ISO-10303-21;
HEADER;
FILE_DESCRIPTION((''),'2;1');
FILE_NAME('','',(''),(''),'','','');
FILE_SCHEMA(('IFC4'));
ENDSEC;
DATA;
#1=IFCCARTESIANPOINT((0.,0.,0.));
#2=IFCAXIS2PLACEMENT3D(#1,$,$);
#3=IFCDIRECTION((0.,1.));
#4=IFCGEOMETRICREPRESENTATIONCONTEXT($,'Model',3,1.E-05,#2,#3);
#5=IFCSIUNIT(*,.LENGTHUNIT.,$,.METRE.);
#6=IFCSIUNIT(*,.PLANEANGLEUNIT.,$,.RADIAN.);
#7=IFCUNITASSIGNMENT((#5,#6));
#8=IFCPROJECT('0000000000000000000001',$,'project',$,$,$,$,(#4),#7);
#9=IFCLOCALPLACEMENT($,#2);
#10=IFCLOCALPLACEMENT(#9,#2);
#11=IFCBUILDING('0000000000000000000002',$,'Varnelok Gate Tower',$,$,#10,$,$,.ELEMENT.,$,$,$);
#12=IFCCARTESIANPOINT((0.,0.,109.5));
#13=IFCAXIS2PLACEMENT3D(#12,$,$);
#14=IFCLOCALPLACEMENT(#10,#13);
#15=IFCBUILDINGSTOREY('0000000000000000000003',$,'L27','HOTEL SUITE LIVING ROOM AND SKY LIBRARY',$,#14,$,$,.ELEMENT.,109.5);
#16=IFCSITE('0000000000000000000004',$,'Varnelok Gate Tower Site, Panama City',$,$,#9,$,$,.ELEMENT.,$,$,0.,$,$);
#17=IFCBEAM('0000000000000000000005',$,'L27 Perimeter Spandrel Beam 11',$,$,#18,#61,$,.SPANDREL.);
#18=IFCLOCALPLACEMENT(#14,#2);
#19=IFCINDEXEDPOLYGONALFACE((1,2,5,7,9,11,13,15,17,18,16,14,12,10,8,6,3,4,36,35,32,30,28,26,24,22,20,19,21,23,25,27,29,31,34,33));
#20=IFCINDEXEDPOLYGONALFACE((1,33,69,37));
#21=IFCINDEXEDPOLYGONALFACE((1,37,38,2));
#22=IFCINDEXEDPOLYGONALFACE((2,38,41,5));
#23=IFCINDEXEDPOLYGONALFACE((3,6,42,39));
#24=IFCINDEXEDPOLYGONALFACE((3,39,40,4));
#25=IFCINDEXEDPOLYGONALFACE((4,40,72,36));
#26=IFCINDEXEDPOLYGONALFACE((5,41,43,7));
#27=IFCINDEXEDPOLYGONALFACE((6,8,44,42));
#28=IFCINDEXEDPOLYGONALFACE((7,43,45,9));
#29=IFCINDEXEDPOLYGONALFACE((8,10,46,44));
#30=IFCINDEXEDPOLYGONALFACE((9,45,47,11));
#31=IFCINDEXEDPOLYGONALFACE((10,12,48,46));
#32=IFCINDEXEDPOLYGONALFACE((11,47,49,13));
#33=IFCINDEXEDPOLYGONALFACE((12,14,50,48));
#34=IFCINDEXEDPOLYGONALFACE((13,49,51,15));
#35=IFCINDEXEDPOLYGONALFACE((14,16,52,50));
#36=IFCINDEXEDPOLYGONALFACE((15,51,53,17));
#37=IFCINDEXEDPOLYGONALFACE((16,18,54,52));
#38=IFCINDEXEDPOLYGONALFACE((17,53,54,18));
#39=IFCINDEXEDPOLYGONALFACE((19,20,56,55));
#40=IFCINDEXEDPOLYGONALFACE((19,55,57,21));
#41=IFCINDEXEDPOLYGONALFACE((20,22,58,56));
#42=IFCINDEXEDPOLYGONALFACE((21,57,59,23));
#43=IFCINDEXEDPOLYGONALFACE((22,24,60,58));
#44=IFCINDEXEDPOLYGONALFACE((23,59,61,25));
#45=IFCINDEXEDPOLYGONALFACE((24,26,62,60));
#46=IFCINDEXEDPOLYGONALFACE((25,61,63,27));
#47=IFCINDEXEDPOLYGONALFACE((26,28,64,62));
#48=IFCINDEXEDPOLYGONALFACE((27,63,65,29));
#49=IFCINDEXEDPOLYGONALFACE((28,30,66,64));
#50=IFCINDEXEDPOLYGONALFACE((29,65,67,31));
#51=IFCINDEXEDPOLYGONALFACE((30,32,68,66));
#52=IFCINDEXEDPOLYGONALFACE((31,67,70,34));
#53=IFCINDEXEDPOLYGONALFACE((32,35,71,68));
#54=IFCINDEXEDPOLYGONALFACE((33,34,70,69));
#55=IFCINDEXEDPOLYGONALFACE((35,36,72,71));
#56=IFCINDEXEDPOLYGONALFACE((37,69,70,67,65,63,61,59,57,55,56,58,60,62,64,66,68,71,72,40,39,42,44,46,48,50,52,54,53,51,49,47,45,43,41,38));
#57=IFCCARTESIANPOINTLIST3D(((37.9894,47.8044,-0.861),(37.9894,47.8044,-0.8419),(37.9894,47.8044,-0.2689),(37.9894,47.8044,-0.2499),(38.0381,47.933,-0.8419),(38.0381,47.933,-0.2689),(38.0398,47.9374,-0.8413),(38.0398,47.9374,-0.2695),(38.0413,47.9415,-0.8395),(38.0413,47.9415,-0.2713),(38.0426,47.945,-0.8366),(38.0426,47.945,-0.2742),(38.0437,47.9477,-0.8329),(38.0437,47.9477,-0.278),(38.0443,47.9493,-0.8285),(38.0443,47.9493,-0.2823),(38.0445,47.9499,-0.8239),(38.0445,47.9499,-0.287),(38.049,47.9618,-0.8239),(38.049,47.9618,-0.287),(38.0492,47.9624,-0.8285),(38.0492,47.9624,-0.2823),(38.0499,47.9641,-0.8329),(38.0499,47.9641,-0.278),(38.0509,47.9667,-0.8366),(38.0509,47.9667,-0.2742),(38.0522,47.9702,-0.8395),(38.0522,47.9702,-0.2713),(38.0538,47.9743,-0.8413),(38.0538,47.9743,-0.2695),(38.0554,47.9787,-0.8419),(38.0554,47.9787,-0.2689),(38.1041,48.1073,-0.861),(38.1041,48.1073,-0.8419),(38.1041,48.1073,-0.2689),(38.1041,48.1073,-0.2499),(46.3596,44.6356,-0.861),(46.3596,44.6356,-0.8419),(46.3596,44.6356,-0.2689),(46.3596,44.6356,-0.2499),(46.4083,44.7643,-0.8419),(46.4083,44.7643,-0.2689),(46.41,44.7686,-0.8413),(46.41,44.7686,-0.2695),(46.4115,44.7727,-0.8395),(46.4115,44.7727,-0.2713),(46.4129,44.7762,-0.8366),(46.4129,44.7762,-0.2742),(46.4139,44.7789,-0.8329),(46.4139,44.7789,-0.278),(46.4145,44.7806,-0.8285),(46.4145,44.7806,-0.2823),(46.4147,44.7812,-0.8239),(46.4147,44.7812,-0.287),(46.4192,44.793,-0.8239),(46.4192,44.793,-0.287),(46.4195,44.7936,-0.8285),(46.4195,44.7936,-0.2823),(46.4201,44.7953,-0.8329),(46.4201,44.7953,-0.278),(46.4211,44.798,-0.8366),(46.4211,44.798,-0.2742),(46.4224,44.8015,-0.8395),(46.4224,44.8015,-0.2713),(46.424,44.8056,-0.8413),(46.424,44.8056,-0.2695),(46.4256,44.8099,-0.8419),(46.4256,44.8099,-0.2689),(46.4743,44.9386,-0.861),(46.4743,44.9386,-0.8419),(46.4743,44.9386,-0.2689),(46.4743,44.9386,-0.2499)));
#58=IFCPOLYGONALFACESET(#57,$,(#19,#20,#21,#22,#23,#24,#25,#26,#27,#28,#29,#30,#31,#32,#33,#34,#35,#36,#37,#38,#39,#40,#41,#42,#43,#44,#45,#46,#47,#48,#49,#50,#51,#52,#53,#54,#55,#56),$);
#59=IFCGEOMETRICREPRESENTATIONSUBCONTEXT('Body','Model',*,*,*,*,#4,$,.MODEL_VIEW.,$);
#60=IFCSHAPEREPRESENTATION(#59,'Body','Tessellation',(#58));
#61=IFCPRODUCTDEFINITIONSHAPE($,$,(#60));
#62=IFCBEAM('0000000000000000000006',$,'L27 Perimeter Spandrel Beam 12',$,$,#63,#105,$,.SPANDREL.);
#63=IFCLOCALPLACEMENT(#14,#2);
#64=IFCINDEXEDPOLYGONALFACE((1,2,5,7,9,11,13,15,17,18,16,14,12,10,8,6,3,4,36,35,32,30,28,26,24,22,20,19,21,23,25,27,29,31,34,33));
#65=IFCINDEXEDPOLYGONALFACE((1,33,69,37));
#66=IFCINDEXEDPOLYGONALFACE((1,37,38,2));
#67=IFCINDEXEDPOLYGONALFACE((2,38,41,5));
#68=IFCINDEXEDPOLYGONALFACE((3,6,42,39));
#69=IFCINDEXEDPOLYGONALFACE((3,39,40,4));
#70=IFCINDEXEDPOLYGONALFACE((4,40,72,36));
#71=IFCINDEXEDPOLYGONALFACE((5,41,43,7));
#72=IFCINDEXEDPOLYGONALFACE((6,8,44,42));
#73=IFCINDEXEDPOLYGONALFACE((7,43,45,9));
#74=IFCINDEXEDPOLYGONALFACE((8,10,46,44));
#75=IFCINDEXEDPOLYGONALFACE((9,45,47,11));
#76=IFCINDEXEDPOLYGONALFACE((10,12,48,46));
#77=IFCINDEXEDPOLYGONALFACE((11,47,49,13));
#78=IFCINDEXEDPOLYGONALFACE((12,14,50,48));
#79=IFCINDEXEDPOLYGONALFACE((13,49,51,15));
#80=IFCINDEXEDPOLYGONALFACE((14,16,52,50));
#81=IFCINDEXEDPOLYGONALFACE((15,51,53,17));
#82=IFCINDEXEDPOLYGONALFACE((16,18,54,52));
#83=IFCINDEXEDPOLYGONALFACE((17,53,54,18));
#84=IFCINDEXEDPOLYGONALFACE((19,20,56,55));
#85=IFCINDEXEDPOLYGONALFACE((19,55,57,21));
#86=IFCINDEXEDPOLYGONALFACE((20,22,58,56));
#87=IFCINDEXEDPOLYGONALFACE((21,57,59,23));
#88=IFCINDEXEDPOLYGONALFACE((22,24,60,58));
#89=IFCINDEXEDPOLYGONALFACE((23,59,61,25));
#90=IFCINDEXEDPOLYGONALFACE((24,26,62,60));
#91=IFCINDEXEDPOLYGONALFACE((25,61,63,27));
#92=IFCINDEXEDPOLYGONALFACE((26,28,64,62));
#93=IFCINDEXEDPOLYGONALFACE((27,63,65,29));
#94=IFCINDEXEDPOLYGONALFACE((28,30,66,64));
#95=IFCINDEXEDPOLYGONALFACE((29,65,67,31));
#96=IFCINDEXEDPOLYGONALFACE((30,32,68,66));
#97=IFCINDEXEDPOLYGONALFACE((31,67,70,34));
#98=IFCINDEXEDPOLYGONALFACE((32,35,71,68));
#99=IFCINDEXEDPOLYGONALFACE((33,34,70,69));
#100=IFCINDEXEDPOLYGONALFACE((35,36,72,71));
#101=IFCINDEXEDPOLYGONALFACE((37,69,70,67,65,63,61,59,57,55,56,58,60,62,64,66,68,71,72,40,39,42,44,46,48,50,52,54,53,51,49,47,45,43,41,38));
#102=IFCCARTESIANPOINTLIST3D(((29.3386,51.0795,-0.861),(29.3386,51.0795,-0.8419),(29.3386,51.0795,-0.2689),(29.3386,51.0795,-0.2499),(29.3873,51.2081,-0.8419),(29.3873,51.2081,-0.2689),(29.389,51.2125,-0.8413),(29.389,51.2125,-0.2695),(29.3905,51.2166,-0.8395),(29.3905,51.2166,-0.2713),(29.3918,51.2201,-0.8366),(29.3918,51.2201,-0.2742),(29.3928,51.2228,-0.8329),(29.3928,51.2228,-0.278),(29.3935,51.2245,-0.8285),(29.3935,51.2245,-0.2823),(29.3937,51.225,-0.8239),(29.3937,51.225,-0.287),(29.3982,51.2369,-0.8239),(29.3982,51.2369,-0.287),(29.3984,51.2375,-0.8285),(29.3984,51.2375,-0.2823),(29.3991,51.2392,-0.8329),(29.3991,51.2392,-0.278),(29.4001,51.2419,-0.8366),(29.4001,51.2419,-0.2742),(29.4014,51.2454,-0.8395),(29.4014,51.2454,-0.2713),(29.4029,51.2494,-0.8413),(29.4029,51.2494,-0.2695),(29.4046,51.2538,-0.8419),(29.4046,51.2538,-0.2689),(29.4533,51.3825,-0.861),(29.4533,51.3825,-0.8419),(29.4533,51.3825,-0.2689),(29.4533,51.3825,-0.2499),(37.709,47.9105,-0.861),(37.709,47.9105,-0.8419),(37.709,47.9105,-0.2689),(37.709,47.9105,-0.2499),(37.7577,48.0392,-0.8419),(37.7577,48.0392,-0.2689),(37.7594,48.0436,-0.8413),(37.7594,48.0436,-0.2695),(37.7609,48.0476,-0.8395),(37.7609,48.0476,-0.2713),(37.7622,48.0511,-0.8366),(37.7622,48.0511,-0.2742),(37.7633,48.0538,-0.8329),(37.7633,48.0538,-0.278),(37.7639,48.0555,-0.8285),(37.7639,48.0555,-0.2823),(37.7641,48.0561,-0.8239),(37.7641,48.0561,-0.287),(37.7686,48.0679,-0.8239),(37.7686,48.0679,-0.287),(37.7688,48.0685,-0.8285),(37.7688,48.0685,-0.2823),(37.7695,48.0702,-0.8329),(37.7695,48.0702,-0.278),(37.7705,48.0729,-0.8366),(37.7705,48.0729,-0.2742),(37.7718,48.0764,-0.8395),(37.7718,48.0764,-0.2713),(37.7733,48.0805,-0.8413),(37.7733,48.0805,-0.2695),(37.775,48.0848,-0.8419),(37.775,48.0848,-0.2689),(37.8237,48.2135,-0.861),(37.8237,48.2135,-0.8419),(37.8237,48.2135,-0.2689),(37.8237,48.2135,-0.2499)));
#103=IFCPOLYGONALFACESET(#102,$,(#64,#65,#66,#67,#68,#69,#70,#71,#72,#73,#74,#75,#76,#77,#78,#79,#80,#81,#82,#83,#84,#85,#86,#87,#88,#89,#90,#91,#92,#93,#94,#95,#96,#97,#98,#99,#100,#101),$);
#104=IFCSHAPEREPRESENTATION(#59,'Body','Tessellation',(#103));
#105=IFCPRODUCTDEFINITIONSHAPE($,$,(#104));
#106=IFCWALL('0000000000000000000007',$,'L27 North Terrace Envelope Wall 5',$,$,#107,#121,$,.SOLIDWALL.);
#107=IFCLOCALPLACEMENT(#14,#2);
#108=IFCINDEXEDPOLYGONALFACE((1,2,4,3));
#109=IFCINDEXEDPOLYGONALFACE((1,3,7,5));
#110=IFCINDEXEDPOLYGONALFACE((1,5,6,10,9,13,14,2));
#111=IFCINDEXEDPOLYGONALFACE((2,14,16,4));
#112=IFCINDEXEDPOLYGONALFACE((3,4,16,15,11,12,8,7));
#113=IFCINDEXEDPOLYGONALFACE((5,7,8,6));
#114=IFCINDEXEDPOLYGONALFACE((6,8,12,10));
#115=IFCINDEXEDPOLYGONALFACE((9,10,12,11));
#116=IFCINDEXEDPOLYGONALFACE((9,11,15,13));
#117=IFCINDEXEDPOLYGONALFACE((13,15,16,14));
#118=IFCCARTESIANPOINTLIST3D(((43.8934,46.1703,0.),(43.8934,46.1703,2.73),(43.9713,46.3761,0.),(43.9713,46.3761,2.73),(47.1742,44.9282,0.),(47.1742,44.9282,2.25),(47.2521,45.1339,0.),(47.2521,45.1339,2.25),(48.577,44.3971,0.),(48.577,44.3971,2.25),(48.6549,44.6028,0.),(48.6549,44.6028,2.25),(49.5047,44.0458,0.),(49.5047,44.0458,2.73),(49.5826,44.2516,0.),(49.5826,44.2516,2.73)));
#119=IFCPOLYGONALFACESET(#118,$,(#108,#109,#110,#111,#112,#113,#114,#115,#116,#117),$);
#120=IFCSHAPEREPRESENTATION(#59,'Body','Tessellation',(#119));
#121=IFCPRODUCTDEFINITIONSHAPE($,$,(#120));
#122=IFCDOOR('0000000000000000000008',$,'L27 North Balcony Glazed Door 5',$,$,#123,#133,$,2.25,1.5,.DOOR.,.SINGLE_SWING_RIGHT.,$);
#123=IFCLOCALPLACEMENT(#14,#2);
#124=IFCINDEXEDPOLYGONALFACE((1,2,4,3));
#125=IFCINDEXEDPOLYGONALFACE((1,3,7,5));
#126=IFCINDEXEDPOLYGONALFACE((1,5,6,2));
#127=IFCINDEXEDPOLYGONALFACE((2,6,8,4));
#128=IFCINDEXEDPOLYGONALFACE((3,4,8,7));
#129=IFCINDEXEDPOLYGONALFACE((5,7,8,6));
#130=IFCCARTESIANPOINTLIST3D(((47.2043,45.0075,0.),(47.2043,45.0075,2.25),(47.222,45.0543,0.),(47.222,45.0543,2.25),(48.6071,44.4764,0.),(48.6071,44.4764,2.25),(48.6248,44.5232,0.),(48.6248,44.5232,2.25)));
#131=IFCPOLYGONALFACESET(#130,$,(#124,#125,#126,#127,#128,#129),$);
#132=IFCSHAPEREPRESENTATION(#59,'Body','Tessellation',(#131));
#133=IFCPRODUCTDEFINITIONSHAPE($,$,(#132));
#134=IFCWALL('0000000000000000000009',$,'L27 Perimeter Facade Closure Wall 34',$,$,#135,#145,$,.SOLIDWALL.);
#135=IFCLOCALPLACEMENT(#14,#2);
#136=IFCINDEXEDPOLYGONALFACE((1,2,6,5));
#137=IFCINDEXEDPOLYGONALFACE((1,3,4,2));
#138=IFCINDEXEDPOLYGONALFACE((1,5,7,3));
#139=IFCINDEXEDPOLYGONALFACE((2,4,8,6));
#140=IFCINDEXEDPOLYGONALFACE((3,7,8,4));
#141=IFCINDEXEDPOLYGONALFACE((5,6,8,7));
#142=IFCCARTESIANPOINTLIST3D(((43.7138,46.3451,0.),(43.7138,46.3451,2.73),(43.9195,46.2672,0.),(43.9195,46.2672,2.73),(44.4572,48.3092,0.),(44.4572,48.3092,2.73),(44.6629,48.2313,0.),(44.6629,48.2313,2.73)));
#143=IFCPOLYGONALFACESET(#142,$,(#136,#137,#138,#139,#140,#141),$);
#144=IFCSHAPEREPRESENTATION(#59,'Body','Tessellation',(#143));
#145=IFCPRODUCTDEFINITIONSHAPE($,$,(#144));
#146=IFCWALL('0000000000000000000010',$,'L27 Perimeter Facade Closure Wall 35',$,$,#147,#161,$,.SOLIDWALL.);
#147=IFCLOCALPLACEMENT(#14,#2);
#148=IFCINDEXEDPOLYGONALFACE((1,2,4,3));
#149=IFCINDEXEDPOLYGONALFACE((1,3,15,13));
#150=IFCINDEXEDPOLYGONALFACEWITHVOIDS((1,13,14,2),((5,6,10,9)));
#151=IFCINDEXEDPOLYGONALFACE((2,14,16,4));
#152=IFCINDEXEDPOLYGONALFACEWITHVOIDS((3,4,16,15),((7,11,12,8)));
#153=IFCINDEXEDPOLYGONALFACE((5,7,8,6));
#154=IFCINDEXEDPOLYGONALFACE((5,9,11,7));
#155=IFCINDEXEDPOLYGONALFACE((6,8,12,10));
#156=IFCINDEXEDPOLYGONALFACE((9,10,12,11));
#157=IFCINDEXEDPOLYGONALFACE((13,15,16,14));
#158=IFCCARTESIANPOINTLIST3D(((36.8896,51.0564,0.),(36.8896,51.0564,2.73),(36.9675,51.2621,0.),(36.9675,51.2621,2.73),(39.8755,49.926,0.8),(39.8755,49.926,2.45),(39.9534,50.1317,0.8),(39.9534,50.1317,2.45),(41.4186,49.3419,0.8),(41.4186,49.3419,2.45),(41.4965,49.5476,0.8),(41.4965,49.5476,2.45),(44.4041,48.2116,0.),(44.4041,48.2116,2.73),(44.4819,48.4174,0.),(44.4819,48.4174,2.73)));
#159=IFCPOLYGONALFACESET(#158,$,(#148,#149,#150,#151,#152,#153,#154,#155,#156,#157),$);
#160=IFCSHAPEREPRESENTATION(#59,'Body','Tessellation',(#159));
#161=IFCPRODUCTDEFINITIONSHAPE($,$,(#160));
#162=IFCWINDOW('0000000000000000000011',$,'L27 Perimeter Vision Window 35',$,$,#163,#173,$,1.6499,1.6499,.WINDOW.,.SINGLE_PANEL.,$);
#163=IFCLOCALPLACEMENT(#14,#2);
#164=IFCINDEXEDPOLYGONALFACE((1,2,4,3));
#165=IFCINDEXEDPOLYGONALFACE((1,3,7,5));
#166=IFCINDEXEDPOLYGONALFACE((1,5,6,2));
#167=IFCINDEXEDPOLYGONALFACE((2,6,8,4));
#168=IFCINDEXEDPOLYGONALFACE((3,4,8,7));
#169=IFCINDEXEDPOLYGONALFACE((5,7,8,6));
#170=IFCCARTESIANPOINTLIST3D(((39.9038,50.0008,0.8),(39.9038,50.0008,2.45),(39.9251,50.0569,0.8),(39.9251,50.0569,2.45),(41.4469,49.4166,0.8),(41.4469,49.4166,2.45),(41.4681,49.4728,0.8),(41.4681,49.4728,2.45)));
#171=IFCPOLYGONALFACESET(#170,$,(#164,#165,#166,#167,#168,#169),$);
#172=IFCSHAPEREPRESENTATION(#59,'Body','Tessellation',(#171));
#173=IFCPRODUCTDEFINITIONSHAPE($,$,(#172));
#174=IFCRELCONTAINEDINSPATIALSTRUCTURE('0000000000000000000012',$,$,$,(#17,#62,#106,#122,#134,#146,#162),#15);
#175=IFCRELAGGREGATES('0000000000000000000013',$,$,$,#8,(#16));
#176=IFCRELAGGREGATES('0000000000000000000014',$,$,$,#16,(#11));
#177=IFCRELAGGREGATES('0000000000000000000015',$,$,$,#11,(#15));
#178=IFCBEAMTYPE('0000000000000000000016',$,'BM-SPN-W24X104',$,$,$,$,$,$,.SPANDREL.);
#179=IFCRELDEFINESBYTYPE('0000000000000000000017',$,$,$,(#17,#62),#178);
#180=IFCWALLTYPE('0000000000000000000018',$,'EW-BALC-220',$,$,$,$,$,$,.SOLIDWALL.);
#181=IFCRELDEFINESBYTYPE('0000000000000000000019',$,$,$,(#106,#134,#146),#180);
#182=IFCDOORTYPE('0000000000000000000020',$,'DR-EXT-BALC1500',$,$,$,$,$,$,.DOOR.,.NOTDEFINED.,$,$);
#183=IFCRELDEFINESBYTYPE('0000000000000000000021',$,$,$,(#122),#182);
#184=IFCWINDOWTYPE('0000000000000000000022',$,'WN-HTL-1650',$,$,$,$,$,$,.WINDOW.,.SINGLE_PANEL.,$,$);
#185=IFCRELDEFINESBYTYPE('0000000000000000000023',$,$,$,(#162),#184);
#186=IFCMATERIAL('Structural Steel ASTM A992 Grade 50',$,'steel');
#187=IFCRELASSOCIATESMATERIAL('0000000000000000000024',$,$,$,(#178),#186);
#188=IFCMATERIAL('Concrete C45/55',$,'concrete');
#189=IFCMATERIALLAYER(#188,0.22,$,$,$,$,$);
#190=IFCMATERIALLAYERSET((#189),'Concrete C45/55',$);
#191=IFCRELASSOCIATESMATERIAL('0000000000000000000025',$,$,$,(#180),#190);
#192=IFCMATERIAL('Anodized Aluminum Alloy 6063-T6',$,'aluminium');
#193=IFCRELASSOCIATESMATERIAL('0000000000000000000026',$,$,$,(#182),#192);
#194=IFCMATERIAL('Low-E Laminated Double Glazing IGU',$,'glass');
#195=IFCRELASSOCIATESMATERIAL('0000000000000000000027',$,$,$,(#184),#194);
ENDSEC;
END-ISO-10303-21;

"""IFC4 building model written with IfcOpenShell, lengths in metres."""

from ifc_helpers import new_model, si_unit, direction, frame, frame_2d, origin, origin_2d, place, context, subcontext, project, spatial, rectangle, i_section, extrude, material, layer, layer_set, material_profile, profile_set, type_object, element, fill, save


model = new_model("IFC4")

# Units and contexts
model_context = context("Model", 3, precision=1e-05, world=origin(), true_north=direction((0.0, 1.0)))
body_context = subcontext(model_context, "Body", "Model", "MODEL_VIEW")
ifc_project = project(units=[si_unit("LENGTHUNIT", "METRE"), si_unit("PLANEANGLEUNIT", "RADIAN")], contexts=[model_context])

# Site, building, storey
site_placement = place(None, origin())
site = spatial("IfcSite", under=ifc_project, at=site_placement, Name="Varnelok Gate Tower Site, Panama City", CompositionType="ELEMENT", RefElevation=0.0)
building_placement = place(site_placement, origin())
building = spatial("IfcBuilding", under=site, at=building_placement, Name="Varnelok Gate Tower", CompositionType="ELEMENT")
storey_placement = place(building_placement, frame((0.0, 0.0, 109.5)))
storey = spatial("IfcBuildingStorey", under=building, at=storey_placement, Name="L27", Description="HOTEL SUITE LIVING ROOM AND SKY LIBRARY", CompositionType="ELEMENT", Elevation=109.5)

# Shared definitions
ifc_material_1 = material(Name="Structural Steel ASTM A992 Grade 50", Category="steel")

# Beams
ifc_material_profile_1 = material_profile(ifc_material_1, i_section(OverallWidth=0.324, OverallDepth=0.6111, WebThickness=0.0127, FlangeThickness=0.019, FilletRadius=0.0181, at=origin_2d()), Name="W24X104")
ifc_profile_set_1 = profile_set([ifc_material_profile_1], Name="Structural Steel ASTM A992 Grade 50")
beam_type_1 = type_object("IfcBeamType", Name="BM-SPN-W24X104", PredefinedType="SPANDREL", material=ifc_profile_set_1)
beam_1_placement = place(storey_placement, frame((46.417, 44.7871, -0.5554), z_axis=(-0.935226, 0.354051, 0.0), x_axis=(-0.354051, -0.935226, 0.0)))
element("IfcBeam", 1, at=beam_1_placement, inside=storey, type_object=beam_type_1, Name="L27 Perimeter Spandrel Beam 11", PredefinedType="SPANDREL", context=body_context, shape_type="SweptSolid", body=[
    extrude(i_section(OverallWidth=0.324, OverallDepth=0.6111, WebThickness=0.0127, FlangeThickness=0.019, FilletRadius=0.0181, at=origin_2d()), origin(), (0.0, 0.0, 1.0), 8.95),
])
beam_2_placement = place(storey_placement, frame((37.7664, 48.062, -0.5554), z_axis=(-0.93522, 0.354066, 0.0), x_axis=(-0.354066, -0.93522, 0.0)))
element("IfcBeam", 2, at=beam_2_placement, inside=storey, type_object=beam_type_1, Name="L27 Perimeter Spandrel Beam 12", PredefinedType="SPANDREL", context=body_context, shape_type="SweptSolid", body=[
    extrude(i_section(OverallWidth=0.324, OverallDepth=0.6111, WebThickness=0.0127, FlangeThickness=0.019, FilletRadius=0.0181, at=origin_2d()), origin(), (0.0, 0.0, 1.0), 8.9502),
])

# Wall, opening, door
ifc_material_2 = material(Name="Concrete C45/55", Category="concrete")
ifc_layer_1 = layer(ifc_material_2, 0.22)
ifc_layer_set_1 = layer_set([ifc_layer_1], Name="Concrete C45/55")
wall_type_1 = type_object("IfcWallType", Name="EW-BALC-220", PredefinedType="SOLIDWALL", material=ifc_layer_set_1)
wall_1_placement = place(storey_placement, frame((43.9324, 46.2732, 0.0), z_axis=(0.0, 0.0, 1.0), x_axis=(0.935214, -0.354083, 0.0)))
wall_1 = element("IfcWall", 3, at=wall_1_placement, inside=storey, type_object=wall_type_1, Name="L27 North Terrace Envelope Wall 5", PredefinedType="SOLIDWALL", context=body_context, shape_type="SweptSolid", body=[
    extrude(rectangle(XDim=6.0, YDim=0.22, at=frame_2d((3.0, 0.0))), origin(), (0.0, 0.0, 1.0), 2.73),
])
opening_1_placement = place(wall_1_placement, frame((3.5081, 0.0, 0.0)))
opening_1 = element("IfcOpeningElement", 4, at=opening_1_placement, cuts=wall_1, PredefinedType="OPENING", context=body_context, shape_type="SweptSolid", body=[
    extrude(rectangle(XDim=1.5, YDim=2.25, at=frame_2d((0.75, 1.125))), frame((0.0, 0.1199, 0.0), z_axis=(0.0, -1.0, 0.0), x_axis=(1.0, 0.0, 0.0)), (0.0, 0.0, 1.0), 0.24),
])
ifc_material_3 = material(Name="Anodized Aluminum Alloy 6063-T6", Category="aluminium")
door_type_1 = type_object("IfcDoorType", Name="DR-EXT-BALC1500", OperationType="NOTDEFINED", PredefinedType="DOOR", material=ifc_material_3)
door_1_placement = place(opening_1_placement, origin())
door_1 = element("IfcDoor", 5, at=door_1_placement, inside=storey, type_object=door_type_1, Name="L27 North Balcony Glazed Door 5", OperationType="SINGLE_SWING_RIGHT", OverallHeight=2.25, OverallWidth=1.5, PredefinedType="DOOR", context=body_context, shape_type="SweptSolid", body=[
    extrude(rectangle(XDim=1.5, YDim=2.25, at=frame_2d((0.75, 1.125))), frame((0.0, 0.0249, 0.0), z_axis=(0.0, -1.0, 0.0), x_axis=(1.0, 0.0, 0.0)), (0.0, 0.0, 1.0), 0.05),
])
fill(opening_1, door_1)

# Wall
wall_2_placement = place(storey_placement, frame((43.8167, 46.3062, 0.0), z_axis=(0.0, 0.0, 1.0), x_axis=(0.353988, 0.93525, 0.0)))
element("IfcWall", 6, at=wall_2_placement, inside=storey, type_object=wall_type_1, Name="L27 Perimeter Facade Closure Wall 34", PredefinedType="SOLIDWALL", context=body_context, shape_type="SweptSolid", body=[
    extrude(rectangle(XDim=2.1001, YDim=0.22, at=frame_2d((1.05, 0.0))), origin(), (0.0, 0.0, 1.0), 2.73),
])

# Wall, opening, window
wall_3_placement = place(storey_placement, frame((44.4431, 48.3145, 0.0), z_axis=(0.0, 0.0, 1.0), x_axis=(-0.935227, 0.354049, 0.0)))
wall_3 = element("IfcWall", 7, at=wall_3_placement, inside=storey, type_object=wall_type_1, Name="L27 Perimeter Facade Closure Wall 35", PredefinedType="SOLIDWALL", context=body_context, shape_type="SweptSolid", body=[
    extrude(rectangle(XDim=8.0349, YDim=0.22, at=frame_2d((4.0176, 0.0))), origin(), (0.0, 0.0, 1.0), 2.73),
])
opening_2_placement = place(wall_3_placement, frame((3.1924, 0.0, 0.8)))
opening_2 = element("IfcOpeningElement", 8, at=opening_2_placement, cuts=wall_3, PredefinedType="OPENING", context=body_context, shape_type="SweptSolid", body=[
    extrude(rectangle(XDim=1.6499, YDim=1.6499, at=frame_2d((0.825, 0.825))), frame((0.0, 0.1199, 0.0), z_axis=(0.0, -1.0, 0.0), x_axis=(1.0, 0.0, 0.0)), (0.0, 0.0, 1.0), 0.24),
])
ifc_material_4 = material(Name="Low-E Laminated Double Glazing IGU", Category="glass")
window_type = type_object("IfcWindowType", Name="WN-HTL-1650", PartitioningType="SINGLE_PANEL", PredefinedType="WINDOW", material=ifc_material_4)
window_placement = place(opening_2_placement, origin())
window = element("IfcWindow", 9, at=window_placement, inside=storey, type_object=window_type, Name="L27 Perimeter Vision Window 35", OverallHeight=1.6499, OverallWidth=1.6499, PartitioningType="SINGLE_PANEL", PredefinedType="WINDOW", context=body_context, shape_type="SweptSolid", body=[
    extrude(rectangle(XDim=1.6499, YDim=1.6499, at=frame_2d((0.825, 0.825))), frame((0.0, 0.03, 0.0), z_axis=(0.0, -1.0, 0.0), x_axis=(1.0, 0.0, 0.0)), (0.0, 0.0, 1.0), 0.0601),
])
fill(opening_2, window)

save(model, "model.ifc")
